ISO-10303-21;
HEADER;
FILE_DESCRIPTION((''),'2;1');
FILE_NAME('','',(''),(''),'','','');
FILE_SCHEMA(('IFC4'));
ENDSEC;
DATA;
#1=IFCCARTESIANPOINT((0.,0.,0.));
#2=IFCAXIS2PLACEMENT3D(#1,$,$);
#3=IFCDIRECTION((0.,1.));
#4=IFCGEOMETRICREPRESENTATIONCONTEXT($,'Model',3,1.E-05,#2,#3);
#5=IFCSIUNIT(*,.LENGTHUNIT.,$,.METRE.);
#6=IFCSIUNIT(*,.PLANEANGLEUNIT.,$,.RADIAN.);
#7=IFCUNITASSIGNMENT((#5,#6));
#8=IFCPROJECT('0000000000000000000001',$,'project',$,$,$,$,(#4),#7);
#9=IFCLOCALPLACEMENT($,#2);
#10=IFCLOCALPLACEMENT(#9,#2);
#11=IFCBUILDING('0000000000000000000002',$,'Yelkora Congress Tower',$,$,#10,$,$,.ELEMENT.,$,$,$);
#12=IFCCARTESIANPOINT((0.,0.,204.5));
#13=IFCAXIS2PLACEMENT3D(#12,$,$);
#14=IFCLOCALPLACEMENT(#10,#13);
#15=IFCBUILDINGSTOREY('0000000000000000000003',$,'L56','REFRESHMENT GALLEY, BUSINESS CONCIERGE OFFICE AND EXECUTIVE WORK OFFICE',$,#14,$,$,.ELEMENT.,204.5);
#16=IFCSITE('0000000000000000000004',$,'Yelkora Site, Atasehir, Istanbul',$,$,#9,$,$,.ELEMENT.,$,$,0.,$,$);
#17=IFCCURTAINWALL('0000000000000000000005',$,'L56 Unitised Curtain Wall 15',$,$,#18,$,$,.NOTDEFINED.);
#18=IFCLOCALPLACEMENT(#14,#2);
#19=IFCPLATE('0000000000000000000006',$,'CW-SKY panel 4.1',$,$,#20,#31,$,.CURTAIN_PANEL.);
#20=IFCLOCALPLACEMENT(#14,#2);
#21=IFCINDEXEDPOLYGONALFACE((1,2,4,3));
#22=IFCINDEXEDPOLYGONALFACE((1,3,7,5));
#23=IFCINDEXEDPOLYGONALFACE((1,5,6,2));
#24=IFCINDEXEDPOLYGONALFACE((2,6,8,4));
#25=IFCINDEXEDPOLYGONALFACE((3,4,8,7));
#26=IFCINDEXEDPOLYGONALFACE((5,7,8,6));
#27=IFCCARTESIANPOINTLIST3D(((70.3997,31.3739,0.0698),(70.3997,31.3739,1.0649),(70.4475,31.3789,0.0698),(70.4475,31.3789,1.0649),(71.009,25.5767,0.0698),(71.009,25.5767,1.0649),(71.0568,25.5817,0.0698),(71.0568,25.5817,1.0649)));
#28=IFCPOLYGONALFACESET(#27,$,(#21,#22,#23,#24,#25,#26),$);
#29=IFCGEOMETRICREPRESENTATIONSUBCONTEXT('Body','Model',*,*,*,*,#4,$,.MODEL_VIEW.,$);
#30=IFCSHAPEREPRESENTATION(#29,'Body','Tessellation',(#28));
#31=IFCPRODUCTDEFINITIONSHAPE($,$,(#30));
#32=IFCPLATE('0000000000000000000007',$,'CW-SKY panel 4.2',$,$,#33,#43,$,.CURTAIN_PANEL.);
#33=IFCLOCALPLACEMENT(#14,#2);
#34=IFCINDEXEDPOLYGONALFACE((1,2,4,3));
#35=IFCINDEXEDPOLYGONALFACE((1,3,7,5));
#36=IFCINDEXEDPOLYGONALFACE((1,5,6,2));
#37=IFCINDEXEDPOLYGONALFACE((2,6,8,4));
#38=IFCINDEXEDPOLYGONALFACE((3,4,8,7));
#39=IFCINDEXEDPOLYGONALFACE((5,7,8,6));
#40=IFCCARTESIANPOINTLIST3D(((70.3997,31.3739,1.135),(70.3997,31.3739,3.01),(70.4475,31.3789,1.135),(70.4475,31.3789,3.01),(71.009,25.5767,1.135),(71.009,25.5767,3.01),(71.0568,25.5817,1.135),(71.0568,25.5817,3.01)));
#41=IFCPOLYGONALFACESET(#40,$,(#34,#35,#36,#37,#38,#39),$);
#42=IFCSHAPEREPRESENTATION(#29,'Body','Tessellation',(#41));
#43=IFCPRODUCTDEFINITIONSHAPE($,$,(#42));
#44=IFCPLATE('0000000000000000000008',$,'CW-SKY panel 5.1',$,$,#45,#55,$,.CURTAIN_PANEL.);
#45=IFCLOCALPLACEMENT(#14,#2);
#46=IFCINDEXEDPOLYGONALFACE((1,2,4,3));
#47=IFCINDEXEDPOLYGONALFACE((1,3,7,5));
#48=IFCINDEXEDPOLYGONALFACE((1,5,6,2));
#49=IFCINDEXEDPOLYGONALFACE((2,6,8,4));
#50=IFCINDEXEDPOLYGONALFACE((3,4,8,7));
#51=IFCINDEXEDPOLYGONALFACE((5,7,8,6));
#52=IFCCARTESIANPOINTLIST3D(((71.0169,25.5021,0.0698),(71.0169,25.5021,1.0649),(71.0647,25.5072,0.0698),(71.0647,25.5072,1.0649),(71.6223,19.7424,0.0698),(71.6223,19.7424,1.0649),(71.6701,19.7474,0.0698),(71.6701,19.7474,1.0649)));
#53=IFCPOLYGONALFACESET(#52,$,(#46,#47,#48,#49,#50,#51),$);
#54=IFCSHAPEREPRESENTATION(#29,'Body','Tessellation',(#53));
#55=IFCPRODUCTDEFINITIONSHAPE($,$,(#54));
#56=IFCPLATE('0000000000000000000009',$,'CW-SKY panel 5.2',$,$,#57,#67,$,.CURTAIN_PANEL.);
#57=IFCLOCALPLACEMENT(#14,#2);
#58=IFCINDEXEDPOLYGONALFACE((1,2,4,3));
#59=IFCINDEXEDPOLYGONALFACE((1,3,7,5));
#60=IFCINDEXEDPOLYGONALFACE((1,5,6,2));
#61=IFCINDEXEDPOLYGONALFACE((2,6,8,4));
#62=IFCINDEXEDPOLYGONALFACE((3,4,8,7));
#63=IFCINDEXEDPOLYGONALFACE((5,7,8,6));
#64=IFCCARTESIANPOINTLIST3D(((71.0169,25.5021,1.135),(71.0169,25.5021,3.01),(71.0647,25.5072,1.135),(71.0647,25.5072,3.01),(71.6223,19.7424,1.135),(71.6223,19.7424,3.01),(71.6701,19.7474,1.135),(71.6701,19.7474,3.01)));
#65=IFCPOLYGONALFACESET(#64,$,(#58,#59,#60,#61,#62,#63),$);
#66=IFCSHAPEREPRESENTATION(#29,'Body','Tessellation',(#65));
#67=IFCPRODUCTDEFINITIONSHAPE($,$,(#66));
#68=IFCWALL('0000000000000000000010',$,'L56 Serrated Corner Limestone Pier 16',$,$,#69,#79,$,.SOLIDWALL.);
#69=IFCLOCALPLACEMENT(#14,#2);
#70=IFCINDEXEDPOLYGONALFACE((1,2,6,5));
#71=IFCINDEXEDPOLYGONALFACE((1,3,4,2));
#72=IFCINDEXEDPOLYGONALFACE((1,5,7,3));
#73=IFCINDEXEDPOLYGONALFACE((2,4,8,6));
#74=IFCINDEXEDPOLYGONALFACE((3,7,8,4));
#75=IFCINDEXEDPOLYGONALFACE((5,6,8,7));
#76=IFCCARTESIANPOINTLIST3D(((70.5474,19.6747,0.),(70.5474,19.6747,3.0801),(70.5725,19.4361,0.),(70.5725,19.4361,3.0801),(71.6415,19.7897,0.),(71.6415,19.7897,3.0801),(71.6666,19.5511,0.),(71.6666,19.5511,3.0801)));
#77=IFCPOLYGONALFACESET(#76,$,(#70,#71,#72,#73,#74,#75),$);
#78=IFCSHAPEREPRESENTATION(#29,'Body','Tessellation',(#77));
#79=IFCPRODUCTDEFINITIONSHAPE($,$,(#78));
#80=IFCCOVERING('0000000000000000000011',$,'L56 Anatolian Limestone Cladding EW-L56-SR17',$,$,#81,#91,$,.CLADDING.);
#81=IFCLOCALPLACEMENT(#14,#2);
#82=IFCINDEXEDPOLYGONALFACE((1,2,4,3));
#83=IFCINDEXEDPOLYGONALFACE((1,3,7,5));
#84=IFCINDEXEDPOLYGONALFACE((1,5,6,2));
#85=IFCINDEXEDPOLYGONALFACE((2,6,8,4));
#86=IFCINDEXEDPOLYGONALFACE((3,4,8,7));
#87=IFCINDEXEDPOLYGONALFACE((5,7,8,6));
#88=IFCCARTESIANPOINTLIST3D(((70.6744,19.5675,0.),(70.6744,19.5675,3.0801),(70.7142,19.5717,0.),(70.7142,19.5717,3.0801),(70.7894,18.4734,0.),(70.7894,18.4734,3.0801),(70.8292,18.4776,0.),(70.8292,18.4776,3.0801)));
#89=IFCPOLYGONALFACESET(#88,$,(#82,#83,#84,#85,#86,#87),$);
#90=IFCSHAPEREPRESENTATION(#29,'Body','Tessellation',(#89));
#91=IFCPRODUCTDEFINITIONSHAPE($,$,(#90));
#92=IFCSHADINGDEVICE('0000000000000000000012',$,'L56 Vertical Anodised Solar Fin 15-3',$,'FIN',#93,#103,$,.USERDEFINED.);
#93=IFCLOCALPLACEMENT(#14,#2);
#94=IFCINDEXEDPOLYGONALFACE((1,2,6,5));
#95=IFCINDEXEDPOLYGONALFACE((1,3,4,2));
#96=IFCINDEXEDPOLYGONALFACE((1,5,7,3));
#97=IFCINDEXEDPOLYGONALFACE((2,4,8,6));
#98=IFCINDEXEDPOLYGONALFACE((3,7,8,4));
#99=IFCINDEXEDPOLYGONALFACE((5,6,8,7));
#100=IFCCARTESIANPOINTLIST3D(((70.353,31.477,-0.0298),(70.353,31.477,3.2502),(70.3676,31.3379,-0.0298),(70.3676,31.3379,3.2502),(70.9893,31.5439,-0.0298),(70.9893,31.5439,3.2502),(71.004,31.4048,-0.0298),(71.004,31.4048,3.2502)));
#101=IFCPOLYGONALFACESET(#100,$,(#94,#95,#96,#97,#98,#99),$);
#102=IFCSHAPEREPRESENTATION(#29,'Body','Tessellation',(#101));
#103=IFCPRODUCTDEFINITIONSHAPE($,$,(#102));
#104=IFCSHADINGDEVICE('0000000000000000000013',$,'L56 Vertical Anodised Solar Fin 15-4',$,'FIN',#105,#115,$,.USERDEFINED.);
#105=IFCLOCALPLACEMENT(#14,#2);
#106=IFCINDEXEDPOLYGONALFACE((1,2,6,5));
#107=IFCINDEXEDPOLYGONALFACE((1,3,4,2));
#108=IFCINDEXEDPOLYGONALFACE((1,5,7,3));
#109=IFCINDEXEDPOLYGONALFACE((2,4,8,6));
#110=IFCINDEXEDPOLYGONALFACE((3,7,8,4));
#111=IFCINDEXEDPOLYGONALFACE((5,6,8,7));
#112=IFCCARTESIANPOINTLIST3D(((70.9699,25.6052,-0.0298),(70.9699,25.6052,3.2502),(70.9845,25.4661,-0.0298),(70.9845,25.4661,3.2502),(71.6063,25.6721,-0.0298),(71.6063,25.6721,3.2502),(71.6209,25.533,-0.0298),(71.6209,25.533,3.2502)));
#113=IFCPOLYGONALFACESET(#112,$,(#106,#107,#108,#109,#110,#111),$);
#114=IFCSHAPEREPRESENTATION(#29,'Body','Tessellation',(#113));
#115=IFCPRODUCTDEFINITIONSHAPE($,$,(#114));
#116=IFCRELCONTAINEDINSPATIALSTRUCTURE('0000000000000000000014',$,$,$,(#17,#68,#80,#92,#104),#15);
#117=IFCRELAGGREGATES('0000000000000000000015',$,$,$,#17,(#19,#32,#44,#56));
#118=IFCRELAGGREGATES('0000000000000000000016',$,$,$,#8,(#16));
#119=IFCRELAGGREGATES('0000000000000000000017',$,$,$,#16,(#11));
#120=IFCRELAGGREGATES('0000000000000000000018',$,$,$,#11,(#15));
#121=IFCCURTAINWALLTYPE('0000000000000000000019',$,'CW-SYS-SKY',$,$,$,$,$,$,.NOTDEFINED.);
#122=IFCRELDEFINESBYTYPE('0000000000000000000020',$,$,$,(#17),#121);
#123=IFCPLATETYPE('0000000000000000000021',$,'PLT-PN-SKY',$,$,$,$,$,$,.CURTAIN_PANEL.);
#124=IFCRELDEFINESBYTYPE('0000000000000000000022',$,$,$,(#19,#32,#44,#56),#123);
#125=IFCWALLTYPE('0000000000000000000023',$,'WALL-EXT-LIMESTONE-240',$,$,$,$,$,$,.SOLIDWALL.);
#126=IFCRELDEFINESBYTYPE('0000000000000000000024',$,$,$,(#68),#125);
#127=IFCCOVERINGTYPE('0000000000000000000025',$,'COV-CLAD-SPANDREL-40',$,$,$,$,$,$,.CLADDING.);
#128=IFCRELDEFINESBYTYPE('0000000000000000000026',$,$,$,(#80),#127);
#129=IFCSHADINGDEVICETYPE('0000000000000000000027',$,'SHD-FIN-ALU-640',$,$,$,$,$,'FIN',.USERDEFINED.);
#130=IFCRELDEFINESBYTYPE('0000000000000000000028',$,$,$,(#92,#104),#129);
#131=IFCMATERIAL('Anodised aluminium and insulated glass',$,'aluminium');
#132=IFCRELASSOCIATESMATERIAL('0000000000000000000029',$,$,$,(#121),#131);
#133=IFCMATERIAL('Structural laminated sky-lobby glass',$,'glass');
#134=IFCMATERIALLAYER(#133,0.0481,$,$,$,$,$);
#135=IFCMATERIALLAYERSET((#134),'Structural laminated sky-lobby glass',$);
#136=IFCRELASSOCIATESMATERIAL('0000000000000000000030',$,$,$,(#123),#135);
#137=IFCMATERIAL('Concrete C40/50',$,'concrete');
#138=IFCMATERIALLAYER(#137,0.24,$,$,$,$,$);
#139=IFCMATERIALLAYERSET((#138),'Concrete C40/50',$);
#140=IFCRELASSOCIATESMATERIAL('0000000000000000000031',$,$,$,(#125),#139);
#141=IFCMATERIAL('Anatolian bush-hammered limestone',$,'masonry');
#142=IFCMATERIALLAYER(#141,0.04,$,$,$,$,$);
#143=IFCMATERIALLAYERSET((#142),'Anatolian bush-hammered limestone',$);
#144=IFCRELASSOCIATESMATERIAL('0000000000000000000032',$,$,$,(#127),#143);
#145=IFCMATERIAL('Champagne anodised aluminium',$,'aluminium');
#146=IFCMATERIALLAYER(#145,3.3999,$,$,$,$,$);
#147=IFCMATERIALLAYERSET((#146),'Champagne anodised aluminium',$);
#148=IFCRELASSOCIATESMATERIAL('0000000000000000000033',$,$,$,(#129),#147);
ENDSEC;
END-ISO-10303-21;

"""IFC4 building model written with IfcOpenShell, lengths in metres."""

from ifc_helpers import new_model, si_unit, direction, frame, frame_2d, origin, origin_2d, place, context, subcontext, project, spatial, rectangle, extrude, material, layer, layer_set, type_object, element, aggregate, save


model = new_model("IFC4")

# Units and contexts
model_context = context("Model", 3, precision=1e-05, world=origin(), true_north=direction((0.0, 1.0)))
body_context = subcontext(model_context, "Body", "Model", "MODEL_VIEW")
ifc_project = project(units=[si_unit("LENGTHUNIT", "METRE"), si_unit("PLANEANGLEUNIT", "RADIAN")], contexts=[model_context])

# Site, building, storey
site_placement = place(None, origin())
site = spatial("IfcSite", under=ifc_project, at=site_placement, Name="Yelkora Site, Atasehir, Istanbul", CompositionType="ELEMENT", RefElevation=0.0)
building_placement = place(site_placement, origin())
building = spatial("IfcBuilding", under=site, at=building_placement, Name="Yelkora Congress Tower", CompositionType="ELEMENT")
storey_placement = place(building_placement, frame((0.0, 0.0, 204.5)))
storey = spatial("IfcBuildingStorey", under=building, at=storey_placement, Name="L56", Description="REFRESHMENT GALLEY, BUSINESS CONCIERGE OFFICE AND EXECUTIVE WORK OFFICE", CompositionType="ELEMENT", Elevation=204.5)

# Curtain wall, plates
ifc_material_1 = material(Name="Anodised aluminium and insulated glass", Category="aluminium")
curtain_wall_type = type_object("IfcCurtainWallType", Name="CW-SYS-SKY", PredefinedType="NOTDEFINED", material=ifc_material_1)
curtain_wall_placement = place(storey_placement, origin())
curtain_wall = element("IfcCurtainWall", 1, at=curtain_wall_placement, inside=storey, type_object=curtain_wall_type, Name="L56 Unitised Curtain Wall 15", PredefinedType="NOTDEFINED")
ifc_material_2 = material(Name="Structural laminated sky-lobby glass", Category="glass")
ifc_layer_1 = layer(ifc_material_2, 0.0481)
ifc_layer_set_1 = layer_set([ifc_layer_1], Name="Structural laminated sky-lobby glass")
plate_type = type_object("IfcPlateType", Name="PLT-PN-SKY", PredefinedType="CURTAIN_PANEL", material=ifc_layer_set_1)
plate_1_placement = place(storey_placement, frame((70.7283, 28.4778, 0.0698), z_axis=(0.0, 0.0, 1.0), x_axis=(0.104526, -0.994522, 0.0)))
plate_1 = element("IfcPlate", 2, at=plate_1_placement, type_object=plate_type, Name="CW-SKY panel 4.1", PredefinedType="CURTAIN_PANEL", context=body_context, shape_type="SweptSolid", body=[
    extrude(rectangle(XDim=5.8291, YDim=0.0481, at=origin_2d()), origin(), (0.0, 0.0, 1.0), 0.9951),
])
plate_2_placement = place(storey_placement, frame((70.7283, 28.4778, 1.135), z_axis=(0.0, 0.0, 1.0), x_axis=(0.104526, -0.994522, 0.0)))
plate_2 = element("IfcPlate", 3, at=plate_2_placement, type_object=plate_type, Name="CW-SKY panel 4.2", PredefinedType="CURTAIN_PANEL", context=body_context, shape_type="SweptSolid", body=[
    extrude(rectangle(XDim=5.8291, YDim=0.0481, at=origin_2d()), origin(), (0.0, 0.0, 1.0), 1.875),
])
plate_3_placement = place(storey_placement, frame((71.3435, 22.6248, 0.0698), z_axis=(0.0, 0.0, 1.0), x_axis=(0.104526, -0.994522, 0.0)))
plate_3 = element("IfcPlate", 4, at=plate_3_placement, type_object=plate_type, Name="CW-SKY panel 5.1", PredefinedType="CURTAIN_PANEL", context=body_context, shape_type="SweptSolid", body=[
    extrude(rectangle(XDim=5.7915, YDim=0.0481, at=origin_2d()), origin(), (0.0, 0.0, 1.0), 0.9951),
])
plate_4_placement = place(storey_placement, frame((71.3435, 22.6248, 1.135), z_axis=(0.0, 0.0, 1.0), x_axis=(0.104526, -0.994522, 0.0)))
plate_4 = element("IfcPlate", 5, at=plate_4_placement, type_object=plate_type, Name="CW-SKY panel 5.2", PredefinedType="CURTAIN_PANEL", context=body_context, shape_type="SweptSolid", body=[
    extrude(rectangle(XDim=5.7915, YDim=0.0481, at=origin_2d()), origin(), (0.0, 0.0, 1.0), 1.875),
])
aggregate(curtain_wall, [plate_1, plate_2, plate_3, plate_4])

# Wall
ifc_material_3 = material(Name="Concrete C40/50", Category="concrete")
ifc_layer_2 = layer(ifc_material_3, 0.24)
ifc_layer_set_2 = layer_set([ifc_layer_2], Name="Concrete C40/50")
wall_type = type_object("IfcWallType", Name="WALL-EXT-LIMESTONE-240", PredefinedType="SOLIDWALL", material=ifc_layer_set_2)
wall_placement = place(storey_placement, frame((71.6541, 19.6704, 0.0), z_axis=(0.0, 0.0, 1.0), x_axis=(-0.994521, -0.104535, 0.0)))
element("IfcWall", 6, at=wall_placement, inside=storey, type_object=wall_type, Name="L56 Serrated Corner Limestone Pier 16", PredefinedType="SOLIDWALL", context=body_context, shape_type="SweptSolid", body=[
    extrude(rectangle(XDim=1.1001, YDim=0.24, at=frame_2d((0.55, 0.0))), origin(), (0.0, 0.0, 1.0), 3.0801),
])

# Covering
ifc_material_4 = material(Name="Anatolian bush-hammered limestone", Category="masonry")
ifc_layer_3 = layer(ifc_material_4, 0.04)
ifc_layer_set_3 = layer_set([ifc_layer_3], Name="Anatolian bush-hammered limestone")
covering_type = type_object("IfcCoveringType", Name="COV-CLAD-SPANDREL-40", PredefinedType="CLADDING", material=ifc_layer_set_3)
covering_placement = place(storey_placement, frame((70.6943, 19.5696, 0.0), z_axis=(0.0, 0.0, 1.0), x_axis=(0.104535, -0.994521, 0.0)))
element("IfcCovering", 7, at=covering_placement, inside=storey, type_object=covering_type, Name="L56 Anatolian Limestone Cladding EW-L56-SR17", PredefinedType="CLADDING", context=body_context, shape_type="SweptSolid", body=[
    extrude(rectangle(XDim=1.1001, YDim=0.04, at=frame_2d((0.55, 0.0))), origin(), (0.0, 0.0, 1.0), 3.0801),
])

# Shading devices
ifc_material_5 = material(Name="Champagne anodised aluminium", Category="aluminium")
ifc_layer_4 = layer(ifc_material_5, 3.3999)
ifc_layer_set_4 = layer_set([ifc_layer_4], Name="Champagne anodised aluminium")
shading_device_type = type_object("IfcShadingDeviceType", Name="SHD-FIN-ALU-640", ElementType="FIN", PredefinedType="USERDEFINED", material=ifc_layer_set_4)
for number, where, z_axis, x_axis, name in (
    (8, (70.6785, 31.4409, -0.0298), (0.0, 0.0, 1.0), (0.104528, -0.994522, 0.0), "L56 Vertical Anodised Solar Fin 15-3"),
    (9, (71.2954, 25.5691, -0.0298), (0.0, 0.0, 1.0), (0.104528, -0.994522, 0.0), "L56 Vertical Anodised Solar Fin 15-4"),
):
    element("IfcShadingDevice", number, at=place(storey_placement, frame(where, z_axis=z_axis, x_axis=x_axis)), inside=storey, type_object=shading_device_type, Name=name, ObjectType="FIN", PredefinedType="USERDEFINED", context=body_context, shape_type="SweptSolid", body=[
        extrude(rectangle(XDim=0.1399, YDim=0.6399, at=origin_2d()), origin(), (0.0, 0.0, 1.0), 3.28),
    ])

save(model, "model.ifc")
